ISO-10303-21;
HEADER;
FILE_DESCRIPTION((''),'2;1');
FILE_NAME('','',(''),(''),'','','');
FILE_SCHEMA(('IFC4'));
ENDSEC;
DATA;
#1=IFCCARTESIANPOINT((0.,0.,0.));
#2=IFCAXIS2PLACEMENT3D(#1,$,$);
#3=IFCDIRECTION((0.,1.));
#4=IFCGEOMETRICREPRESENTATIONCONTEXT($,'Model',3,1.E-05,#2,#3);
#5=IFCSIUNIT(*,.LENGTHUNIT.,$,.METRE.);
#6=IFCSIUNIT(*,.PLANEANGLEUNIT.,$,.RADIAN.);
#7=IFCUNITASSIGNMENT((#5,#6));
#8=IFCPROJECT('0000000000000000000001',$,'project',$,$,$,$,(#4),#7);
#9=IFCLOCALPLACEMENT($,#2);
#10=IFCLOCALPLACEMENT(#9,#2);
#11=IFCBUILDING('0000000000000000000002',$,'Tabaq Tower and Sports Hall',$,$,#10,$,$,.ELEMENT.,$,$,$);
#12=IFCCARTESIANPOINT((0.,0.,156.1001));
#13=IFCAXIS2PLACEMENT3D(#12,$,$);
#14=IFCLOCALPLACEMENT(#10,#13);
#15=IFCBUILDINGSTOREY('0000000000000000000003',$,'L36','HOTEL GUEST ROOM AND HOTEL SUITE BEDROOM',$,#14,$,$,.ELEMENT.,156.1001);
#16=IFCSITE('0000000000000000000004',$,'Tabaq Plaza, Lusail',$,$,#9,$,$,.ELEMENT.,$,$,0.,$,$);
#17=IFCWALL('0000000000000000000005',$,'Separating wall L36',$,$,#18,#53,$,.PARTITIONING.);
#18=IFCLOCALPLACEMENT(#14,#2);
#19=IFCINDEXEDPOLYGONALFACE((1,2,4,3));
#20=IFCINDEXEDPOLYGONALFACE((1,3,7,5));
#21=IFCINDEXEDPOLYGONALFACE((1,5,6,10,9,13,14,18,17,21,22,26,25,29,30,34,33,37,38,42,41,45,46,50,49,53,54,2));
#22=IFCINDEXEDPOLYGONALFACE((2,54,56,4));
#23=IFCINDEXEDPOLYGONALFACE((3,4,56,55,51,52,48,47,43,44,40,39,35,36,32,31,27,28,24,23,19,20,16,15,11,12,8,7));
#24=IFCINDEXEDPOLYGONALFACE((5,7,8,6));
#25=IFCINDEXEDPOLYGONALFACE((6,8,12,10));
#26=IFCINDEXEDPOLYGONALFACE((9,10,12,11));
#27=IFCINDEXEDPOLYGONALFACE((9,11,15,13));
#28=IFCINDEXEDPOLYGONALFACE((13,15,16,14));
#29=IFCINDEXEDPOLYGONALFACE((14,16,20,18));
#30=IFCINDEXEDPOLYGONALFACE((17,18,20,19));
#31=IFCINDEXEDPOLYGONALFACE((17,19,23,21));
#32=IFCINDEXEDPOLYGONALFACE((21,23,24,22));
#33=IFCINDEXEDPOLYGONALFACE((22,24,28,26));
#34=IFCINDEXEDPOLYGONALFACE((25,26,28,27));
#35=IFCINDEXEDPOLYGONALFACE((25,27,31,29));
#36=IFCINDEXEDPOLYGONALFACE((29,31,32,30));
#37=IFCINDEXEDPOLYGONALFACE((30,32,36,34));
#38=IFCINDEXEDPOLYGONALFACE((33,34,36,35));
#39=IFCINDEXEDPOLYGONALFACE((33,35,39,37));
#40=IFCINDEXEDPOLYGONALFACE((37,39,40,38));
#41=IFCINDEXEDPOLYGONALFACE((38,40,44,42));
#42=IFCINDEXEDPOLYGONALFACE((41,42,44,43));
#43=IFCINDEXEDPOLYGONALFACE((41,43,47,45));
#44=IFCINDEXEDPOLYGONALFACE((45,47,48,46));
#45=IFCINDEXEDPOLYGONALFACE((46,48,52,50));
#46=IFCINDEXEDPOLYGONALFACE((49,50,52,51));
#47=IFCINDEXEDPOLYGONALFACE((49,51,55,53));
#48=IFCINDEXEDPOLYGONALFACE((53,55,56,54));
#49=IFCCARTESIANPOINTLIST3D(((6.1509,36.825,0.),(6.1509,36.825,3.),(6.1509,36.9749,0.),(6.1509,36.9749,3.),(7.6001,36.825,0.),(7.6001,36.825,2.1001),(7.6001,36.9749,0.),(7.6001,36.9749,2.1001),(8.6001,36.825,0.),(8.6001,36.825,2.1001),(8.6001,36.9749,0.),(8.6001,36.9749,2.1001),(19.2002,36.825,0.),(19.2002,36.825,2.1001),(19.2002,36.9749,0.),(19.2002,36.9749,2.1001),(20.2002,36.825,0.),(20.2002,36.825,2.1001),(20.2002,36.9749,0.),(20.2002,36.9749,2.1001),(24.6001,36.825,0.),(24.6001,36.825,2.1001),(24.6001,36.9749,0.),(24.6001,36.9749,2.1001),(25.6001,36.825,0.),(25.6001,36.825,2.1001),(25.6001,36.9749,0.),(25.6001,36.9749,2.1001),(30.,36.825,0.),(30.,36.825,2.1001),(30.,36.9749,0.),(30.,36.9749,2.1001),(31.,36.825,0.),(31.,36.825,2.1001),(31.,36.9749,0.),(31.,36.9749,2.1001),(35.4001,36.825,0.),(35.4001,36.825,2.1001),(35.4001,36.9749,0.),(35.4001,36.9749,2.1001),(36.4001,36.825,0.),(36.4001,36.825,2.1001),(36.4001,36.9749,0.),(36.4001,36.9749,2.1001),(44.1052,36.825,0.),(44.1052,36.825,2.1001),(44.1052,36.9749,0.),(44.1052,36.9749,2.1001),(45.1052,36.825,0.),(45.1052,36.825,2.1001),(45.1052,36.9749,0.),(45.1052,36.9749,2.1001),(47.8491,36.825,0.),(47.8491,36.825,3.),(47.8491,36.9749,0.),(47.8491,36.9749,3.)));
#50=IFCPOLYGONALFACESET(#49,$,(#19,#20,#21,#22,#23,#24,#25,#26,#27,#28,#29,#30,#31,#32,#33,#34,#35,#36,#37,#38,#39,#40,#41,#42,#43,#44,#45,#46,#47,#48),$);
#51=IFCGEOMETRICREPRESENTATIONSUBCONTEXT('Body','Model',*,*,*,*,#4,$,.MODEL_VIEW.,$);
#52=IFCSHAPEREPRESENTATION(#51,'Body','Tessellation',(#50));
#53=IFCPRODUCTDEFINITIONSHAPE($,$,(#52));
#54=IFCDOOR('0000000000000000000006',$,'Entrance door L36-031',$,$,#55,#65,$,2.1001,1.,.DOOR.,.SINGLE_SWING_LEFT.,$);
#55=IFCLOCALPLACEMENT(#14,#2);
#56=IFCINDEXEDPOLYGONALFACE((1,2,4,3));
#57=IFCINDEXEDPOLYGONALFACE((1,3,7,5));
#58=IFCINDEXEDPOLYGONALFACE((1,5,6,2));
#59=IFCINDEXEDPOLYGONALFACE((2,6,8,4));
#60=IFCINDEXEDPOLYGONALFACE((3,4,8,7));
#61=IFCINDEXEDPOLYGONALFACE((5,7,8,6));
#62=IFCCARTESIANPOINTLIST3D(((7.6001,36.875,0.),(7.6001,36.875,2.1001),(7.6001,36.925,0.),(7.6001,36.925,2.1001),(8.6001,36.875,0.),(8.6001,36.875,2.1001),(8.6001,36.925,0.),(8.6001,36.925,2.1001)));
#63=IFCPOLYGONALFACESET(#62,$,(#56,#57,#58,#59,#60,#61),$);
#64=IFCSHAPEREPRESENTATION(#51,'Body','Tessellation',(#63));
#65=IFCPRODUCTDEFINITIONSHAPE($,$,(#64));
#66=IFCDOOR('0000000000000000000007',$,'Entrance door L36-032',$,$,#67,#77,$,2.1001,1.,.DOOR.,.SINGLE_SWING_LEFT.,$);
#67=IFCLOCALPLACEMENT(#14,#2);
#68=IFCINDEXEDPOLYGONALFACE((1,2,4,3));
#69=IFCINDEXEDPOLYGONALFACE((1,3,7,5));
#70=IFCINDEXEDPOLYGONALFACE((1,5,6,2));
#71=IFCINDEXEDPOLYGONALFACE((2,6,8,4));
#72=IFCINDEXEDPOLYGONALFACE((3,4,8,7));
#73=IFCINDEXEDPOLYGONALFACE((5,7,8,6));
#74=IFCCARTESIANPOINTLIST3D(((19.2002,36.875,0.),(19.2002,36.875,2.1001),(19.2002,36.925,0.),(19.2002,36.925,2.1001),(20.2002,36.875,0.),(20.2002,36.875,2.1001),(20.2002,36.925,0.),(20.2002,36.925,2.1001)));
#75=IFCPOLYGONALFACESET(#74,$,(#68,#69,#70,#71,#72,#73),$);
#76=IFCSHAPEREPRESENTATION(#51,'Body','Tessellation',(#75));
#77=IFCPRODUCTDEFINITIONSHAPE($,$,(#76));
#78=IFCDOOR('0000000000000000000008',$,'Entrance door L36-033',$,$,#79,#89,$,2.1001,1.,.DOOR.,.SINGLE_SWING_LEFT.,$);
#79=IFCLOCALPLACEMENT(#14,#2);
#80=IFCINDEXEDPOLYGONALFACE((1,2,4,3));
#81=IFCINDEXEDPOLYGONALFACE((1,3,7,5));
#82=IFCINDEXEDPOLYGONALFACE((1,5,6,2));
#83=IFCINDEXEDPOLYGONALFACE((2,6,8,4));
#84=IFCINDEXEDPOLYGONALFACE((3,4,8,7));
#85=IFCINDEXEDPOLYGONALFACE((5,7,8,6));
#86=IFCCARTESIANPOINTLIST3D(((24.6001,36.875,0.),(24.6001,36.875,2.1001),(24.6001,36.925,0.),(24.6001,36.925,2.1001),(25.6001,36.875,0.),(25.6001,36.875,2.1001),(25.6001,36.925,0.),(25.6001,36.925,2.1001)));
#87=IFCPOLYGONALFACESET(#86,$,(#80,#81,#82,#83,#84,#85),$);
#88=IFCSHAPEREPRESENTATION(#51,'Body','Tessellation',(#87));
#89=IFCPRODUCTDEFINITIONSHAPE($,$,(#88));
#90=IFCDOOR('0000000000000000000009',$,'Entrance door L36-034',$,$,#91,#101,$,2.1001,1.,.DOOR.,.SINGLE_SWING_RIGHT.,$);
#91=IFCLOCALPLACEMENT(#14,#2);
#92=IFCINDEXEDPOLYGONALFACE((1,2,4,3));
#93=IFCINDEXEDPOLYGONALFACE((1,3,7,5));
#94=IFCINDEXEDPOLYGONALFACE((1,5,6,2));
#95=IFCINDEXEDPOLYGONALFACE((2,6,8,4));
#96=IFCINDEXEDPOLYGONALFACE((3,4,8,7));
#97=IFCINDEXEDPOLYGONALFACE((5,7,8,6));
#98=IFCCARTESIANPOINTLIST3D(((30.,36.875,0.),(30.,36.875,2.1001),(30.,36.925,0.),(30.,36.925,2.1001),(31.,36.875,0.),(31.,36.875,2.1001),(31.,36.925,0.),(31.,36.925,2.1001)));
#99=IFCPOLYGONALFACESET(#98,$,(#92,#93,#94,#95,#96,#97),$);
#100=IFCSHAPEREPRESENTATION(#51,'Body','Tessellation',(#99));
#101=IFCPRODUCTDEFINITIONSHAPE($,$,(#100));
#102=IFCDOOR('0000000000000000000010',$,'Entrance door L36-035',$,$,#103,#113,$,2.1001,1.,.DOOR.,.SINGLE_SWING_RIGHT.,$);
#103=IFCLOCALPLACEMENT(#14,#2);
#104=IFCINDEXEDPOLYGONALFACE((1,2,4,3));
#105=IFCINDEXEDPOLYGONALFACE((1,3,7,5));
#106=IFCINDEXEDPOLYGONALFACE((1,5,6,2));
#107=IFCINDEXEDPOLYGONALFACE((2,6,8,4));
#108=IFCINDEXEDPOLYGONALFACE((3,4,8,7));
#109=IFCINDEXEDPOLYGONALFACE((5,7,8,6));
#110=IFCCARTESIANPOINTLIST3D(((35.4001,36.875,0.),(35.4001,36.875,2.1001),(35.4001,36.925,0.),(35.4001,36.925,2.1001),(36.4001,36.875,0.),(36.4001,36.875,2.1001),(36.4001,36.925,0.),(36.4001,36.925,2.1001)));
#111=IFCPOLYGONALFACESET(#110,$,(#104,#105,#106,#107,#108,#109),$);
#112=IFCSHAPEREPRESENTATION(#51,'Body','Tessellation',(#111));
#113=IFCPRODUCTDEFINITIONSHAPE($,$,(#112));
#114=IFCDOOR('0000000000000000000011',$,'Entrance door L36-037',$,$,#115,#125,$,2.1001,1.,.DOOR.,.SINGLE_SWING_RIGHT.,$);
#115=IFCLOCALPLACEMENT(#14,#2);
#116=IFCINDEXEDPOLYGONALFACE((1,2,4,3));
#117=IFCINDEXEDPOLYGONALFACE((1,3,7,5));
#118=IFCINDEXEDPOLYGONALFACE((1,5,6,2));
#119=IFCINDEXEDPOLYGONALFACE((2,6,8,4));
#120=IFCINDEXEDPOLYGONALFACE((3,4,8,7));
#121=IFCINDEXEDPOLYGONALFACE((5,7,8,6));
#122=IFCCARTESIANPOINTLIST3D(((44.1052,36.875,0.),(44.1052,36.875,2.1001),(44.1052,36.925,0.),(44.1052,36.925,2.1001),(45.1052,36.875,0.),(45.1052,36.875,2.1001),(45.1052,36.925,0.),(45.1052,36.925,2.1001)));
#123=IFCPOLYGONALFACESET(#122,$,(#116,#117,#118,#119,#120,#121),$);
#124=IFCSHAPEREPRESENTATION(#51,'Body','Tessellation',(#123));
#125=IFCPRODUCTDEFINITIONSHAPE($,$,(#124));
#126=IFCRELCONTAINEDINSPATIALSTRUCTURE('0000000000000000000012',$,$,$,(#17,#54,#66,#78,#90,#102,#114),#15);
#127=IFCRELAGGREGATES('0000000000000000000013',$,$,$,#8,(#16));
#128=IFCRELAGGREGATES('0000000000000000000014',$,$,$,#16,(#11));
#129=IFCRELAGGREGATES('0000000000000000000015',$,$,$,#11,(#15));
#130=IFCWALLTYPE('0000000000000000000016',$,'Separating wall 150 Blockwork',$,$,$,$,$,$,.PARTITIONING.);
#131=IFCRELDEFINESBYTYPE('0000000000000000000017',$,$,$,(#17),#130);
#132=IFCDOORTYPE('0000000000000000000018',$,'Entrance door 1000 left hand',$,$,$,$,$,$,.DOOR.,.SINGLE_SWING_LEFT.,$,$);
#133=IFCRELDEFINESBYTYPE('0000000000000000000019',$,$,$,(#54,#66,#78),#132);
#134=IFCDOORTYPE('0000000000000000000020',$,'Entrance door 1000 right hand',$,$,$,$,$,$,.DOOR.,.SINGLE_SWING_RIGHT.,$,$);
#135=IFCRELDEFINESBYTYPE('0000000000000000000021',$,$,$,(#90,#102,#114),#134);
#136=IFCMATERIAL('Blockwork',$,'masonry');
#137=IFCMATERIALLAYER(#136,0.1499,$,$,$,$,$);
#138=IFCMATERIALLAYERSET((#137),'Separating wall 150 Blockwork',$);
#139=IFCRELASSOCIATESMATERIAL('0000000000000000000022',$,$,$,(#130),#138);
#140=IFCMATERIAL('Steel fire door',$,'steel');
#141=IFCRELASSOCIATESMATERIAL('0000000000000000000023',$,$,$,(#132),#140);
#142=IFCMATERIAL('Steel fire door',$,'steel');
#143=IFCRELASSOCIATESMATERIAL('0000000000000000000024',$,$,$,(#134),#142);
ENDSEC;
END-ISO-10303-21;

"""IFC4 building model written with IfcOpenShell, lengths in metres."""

from ifc_helpers import new_model, si_unit, direction, frame, frame_2d, origin, place, context, subcontext, project, spatial, rectangle, extrude, material, layer, layer_set, type_object, element, fill, save


model = new_model("IFC4")

# Units and contexts
model_context = context("Model", 3, precision=1e-05, world=origin(), true_north=direction((0.0, 1.0)))
body_context = subcontext(model_context, "Body", "Model", "MODEL_VIEW")
ifc_project = project(units=[si_unit("LENGTHUNIT", "METRE"), si_unit("PLANEANGLEUNIT", "RADIAN")], contexts=[model_context])

# Site, building, storey
site_placement = place(None, origin())
site = spatial("IfcSite", under=ifc_project, at=site_placement, Name="Tabaq Plaza, Lusail", CompositionType="ELEMENT", RefElevation=0.0)
building_placement = place(site_placement, origin())
building = spatial("IfcBuilding", under=site, at=building_placement, Name="Tabaq Tower and Sports Hall", CompositionType="ELEMENT")
storey_placement = place(building_placement, frame((0.0, 0.0, 156.1001)))
storey = spatial("IfcBuildingStorey", under=building, at=storey_placement, Name="L36", Description="HOTEL GUEST ROOM AND HOTEL SUITE BEDROOM", CompositionType="ELEMENT", Elevation=156.1001)

# Wall, openings, doors
ifc_material_1 = material(Name="Blockwork", Category="masonry")
ifc_layer_1 = layer(ifc_material_1, 0.1499)
ifc_layer_set_1 = layer_set([ifc_layer_1], Name="Separating wall 150 Blockwork")
wall_type = type_object("IfcWallType", Name="Separating wall 150 Blockwork", PredefinedType="PARTITIONING", material=ifc_layer_set_1)
wall_1_placement = place(storey_placement, frame((47.8491, 36.8999, 0.0), z_axis=(0.0, 0.0, 1.0), x_axis=(-1.0, 0.0, 0.0)))
wall_1 = element("IfcWall", 1, at=wall_1_placement, inside=storey, type_object=wall_type, Name="Separating wall L36", PredefinedType="PARTITIONING", context=body_context, shape_type="SweptSolid", body=[
    extrude(rectangle(XDim=41.6982, YDim=0.1499, at=frame_2d((20.8491, 0.0))), origin(), (0.0, 0.0, 1.0), 3.0),
])
opening_1_placement = place(wall_1_placement, frame((39.249, 0.0, 0.0)))
opening_1 = element("IfcOpeningElement", 2, at=opening_1_placement, cuts=wall_1, PredefinedType="OPENING", context=body_context, shape_type="SweptSolid", body=[
    extrude(rectangle(XDim=1.0, YDim=2.1001, at=frame_2d((0.5, 1.05))), frame((0.0, 0.075, 0.0), z_axis=(0.0, -1.0, 0.0), x_axis=(1.0, 0.0, 0.0)), (0.0, 0.0, 1.0), 0.1499),
])
opening_2_placement = place(wall_1_placement, frame((27.6489, 0.0, 0.0)))
opening_2 = element("IfcOpeningElement", 3, at=opening_2_placement, cuts=wall_1, PredefinedType="OPENING", context=body_context, shape_type="SweptSolid", body=[
    extrude(rectangle(XDim=1.0, YDim=2.1001, at=frame_2d((0.5, 1.05))), frame((0.0, 0.075, 0.0), z_axis=(0.0, -1.0, 0.0), x_axis=(1.0, 0.0, 0.0)), (0.0, 0.0, 1.0), 0.1499),
])
opening_3_placement = place(wall_1_placement, frame((22.249, 0.0, 0.0)))
opening_3 = element("IfcOpeningElement", 4, at=opening_3_placement, cuts=wall_1, PredefinedType="OPENING", context=body_context, shape_type="SweptSolid", body=[
    extrude(rectangle(XDim=1.0, YDim=2.1001, at=frame_2d((0.5, 1.05))), frame((0.0, 0.075, 0.0), z_axis=(0.0, -1.0, 0.0), x_axis=(1.0, 0.0, 0.0)), (0.0, 0.0, 1.0), 0.1499),
])
opening_4_placement = place(wall_1_placement, frame((16.8491, 0.0, 0.0)))
opening_4 = element("IfcOpeningElement", 5, at=opening_4_placement, cuts=wall_1, PredefinedType="OPENING", context=body_context, shape_type="SweptSolid", body=[
    extrude(rectangle(XDim=1.0, YDim=2.1001, at=frame_2d((0.5, 1.05))), frame((0.0, 0.075, 0.0), z_axis=(0.0, -1.0, 0.0), x_axis=(1.0, 0.0, 0.0)), (0.0, 0.0, 1.0), 0.1499),
])
opening_5_placement = place(wall_1_placement, frame((11.449, 0.0, 0.0)))
opening_5 = element("IfcOpeningElement", 6, at=opening_5_placement, cuts=wall_1, PredefinedType="OPENING", context=body_context, shape_type="SweptSolid", body=[
    extrude(rectangle(XDim=1.0, YDim=2.1001, at=frame_2d((0.5, 1.05))), frame((0.0, 0.075, 0.0), z_axis=(0.0, -1.0, 0.0), x_axis=(1.0, 0.0, 0.0)), (0.0, 0.0, 1.0), 0.1499),
])
opening_6_placement = place(wall_1_placement, frame((2.7439, 0.0, 0.0)))
opening_6 = element("IfcOpeningElement", 7, at=opening_6_placement, cuts=wall_1, PredefinedType="OPENING", context=body_context, shape_type="SweptSolid", body=[
    extrude(rectangle(XDim=1.0, YDim=2.1001, at=frame_2d((0.5, 1.05))), frame((0.0, 0.075, 0.0), z_axis=(0.0, -1.0, 0.0), x_axis=(1.0, 0.0, 0.0)), (0.0, 0.0, 1.0), 0.1499),
])
ifc_material_2 = material(Name="Steel fire door", Category="steel")
door_type_1 = type_object("IfcDoorType", Name="Entrance door 1000 left hand", OperationType="SINGLE_SWING_LEFT", PredefinedType="DOOR", material=ifc_material_2)
door_1_placement = place(opening_1_placement, origin())
door_1 = element("IfcDoor", 8, at=door_1_placement, inside=storey, type_object=door_type_1, Name="Entrance door L36-031", OperationType="SINGLE_SWING_LEFT", OverallHeight=2.1001, OverallWidth=1.0, PredefinedType="DOOR", context=body_context, shape_type="SweptSolid", body=[
    extrude(rectangle(XDim=1.0, YDim=2.1001, at=frame_2d((0.5, 1.05))), frame((0.0, 0.0249, 0.0), z_axis=(0.0, -1.0, 0.0), x_axis=(1.0, 0.0, 0.0)), (0.0, 0.0, 1.0), 0.05),
])
fill(opening_1, door_1)
door_2_placement = place(opening_2_placement, origin())
door_2 = element("IfcDoor", 9, at=door_2_placement, inside=storey, type_object=door_type_1, Name="Entrance door L36-032", OperationType="SINGLE_SWING_LEFT", OverallHeight=2.1001, OverallWidth=1.0, PredefinedType="DOOR", context=body_context, shape_type="SweptSolid", body=[
    extrude(rectangle(XDim=1.0, YDim=2.1001, at=frame_2d((0.5, 1.05))), frame((0.0, 0.0249, 0.0), z_axis=(0.0, -1.0, 0.0), x_axis=(1.0, 0.0, 0.0)), (0.0, 0.0, 1.0), 0.05),
])
fill(opening_2, door_2)
door_3_placement = place(opening_3_placement, origin())
door_3 = element("IfcDoor", 10, at=door_3_placement, inside=storey, type_object=door_type_1, Name="Entrance door L36-033", OperationType="SINGLE_SWING_LEFT", OverallHeight=2.1001, OverallWidth=1.0, PredefinedType="DOOR", context=body_context, shape_type="SweptSolid", body=[
    extrude(rectangle(XDim=1.0, YDim=2.1001, at=frame_2d((0.5, 1.05))), frame((0.0, 0.0249, 0.0), z_axis=(0.0, -1.0, 0.0), x_axis=(1.0, 0.0, 0.0)), (0.0, 0.0, 1.0), 0.05),
])
fill(opening_3, door_3)
ifc_material_3 = material(Name="Steel fire door", Category="steel")
door_type_2 = type_object("IfcDoorType", Name="Entrance door 1000 right hand", OperationType="SINGLE_SWING_RIGHT", PredefinedType="DOOR", material=ifc_material_3)
door_4_placement = place(opening_4_placement, origin())
door_4 = element("IfcDoor", 11, at=door_4_placement, inside=storey, type_object=door_type_2, Name="Entrance door L36-034", OperationType="SINGLE_SWING_RIGHT", OverallHeight=2.1001, OverallWidth=1.0, PredefinedType="DOOR", context=body_context, shape_type="SweptSolid", body=[
    extrude(rectangle(XDim=1.0, YDim=2.1001, at=frame_2d((0.5, 1.05))), frame((0.0, 0.0249, 0.0), z_axis=(0.0, -1.0, 0.0), x_axis=(1.0, 0.0, 0.0)), (0.0, 0.0, 1.0), 0.05),
])
fill(opening_4, door_4)
door_5_placement = place(opening_5_placement, origin())
door_5 = element("IfcDoor", 12, at=door_5_placement, inside=storey, type_object=door_type_2, Name="Entrance door L36-035", OperationType="SINGLE_SWING_RIGHT", OverallHeight=2.1001, OverallWidth=1.0, PredefinedType="DOOR", context=body_context, shape_type="SweptSolid", body=[
    extrude(rectangle(XDim=1.0, YDim=2.1001, at=frame_2d((0.5, 1.05))), frame((0.0, 0.0249, 0.0), z_axis=(0.0, -1.0, 0.0), x_axis=(1.0, 0.0, 0.0)), (0.0, 0.0, 1.0), 0.05),
])
fill(opening_5, door_5)
door_6_placement = place(opening_6_placement, origin())
door_6 = element("IfcDoor", 13, at=door_6_placement, inside=storey, type_object=door_type_2, Name="Entrance door L36-037", OperationType="SINGLE_SWING_RIGHT", OverallHeight=2.1001, OverallWidth=1.0, PredefinedType="DOOR", context=body_context, shape_type="SweptSolid", body=[
    extrude(rectangle(XDim=1.0, YDim=2.1001, at=frame_2d((0.5, 1.05))), frame((0.0, 0.0249, 0.0), z_axis=(0.0, -1.0, 0.0), x_axis=(1.0, 0.0, 0.0)), (0.0, 0.0, 1.0), 0.05),
])
fill(opening_6, door_6)

save(model, "model.ifc")
